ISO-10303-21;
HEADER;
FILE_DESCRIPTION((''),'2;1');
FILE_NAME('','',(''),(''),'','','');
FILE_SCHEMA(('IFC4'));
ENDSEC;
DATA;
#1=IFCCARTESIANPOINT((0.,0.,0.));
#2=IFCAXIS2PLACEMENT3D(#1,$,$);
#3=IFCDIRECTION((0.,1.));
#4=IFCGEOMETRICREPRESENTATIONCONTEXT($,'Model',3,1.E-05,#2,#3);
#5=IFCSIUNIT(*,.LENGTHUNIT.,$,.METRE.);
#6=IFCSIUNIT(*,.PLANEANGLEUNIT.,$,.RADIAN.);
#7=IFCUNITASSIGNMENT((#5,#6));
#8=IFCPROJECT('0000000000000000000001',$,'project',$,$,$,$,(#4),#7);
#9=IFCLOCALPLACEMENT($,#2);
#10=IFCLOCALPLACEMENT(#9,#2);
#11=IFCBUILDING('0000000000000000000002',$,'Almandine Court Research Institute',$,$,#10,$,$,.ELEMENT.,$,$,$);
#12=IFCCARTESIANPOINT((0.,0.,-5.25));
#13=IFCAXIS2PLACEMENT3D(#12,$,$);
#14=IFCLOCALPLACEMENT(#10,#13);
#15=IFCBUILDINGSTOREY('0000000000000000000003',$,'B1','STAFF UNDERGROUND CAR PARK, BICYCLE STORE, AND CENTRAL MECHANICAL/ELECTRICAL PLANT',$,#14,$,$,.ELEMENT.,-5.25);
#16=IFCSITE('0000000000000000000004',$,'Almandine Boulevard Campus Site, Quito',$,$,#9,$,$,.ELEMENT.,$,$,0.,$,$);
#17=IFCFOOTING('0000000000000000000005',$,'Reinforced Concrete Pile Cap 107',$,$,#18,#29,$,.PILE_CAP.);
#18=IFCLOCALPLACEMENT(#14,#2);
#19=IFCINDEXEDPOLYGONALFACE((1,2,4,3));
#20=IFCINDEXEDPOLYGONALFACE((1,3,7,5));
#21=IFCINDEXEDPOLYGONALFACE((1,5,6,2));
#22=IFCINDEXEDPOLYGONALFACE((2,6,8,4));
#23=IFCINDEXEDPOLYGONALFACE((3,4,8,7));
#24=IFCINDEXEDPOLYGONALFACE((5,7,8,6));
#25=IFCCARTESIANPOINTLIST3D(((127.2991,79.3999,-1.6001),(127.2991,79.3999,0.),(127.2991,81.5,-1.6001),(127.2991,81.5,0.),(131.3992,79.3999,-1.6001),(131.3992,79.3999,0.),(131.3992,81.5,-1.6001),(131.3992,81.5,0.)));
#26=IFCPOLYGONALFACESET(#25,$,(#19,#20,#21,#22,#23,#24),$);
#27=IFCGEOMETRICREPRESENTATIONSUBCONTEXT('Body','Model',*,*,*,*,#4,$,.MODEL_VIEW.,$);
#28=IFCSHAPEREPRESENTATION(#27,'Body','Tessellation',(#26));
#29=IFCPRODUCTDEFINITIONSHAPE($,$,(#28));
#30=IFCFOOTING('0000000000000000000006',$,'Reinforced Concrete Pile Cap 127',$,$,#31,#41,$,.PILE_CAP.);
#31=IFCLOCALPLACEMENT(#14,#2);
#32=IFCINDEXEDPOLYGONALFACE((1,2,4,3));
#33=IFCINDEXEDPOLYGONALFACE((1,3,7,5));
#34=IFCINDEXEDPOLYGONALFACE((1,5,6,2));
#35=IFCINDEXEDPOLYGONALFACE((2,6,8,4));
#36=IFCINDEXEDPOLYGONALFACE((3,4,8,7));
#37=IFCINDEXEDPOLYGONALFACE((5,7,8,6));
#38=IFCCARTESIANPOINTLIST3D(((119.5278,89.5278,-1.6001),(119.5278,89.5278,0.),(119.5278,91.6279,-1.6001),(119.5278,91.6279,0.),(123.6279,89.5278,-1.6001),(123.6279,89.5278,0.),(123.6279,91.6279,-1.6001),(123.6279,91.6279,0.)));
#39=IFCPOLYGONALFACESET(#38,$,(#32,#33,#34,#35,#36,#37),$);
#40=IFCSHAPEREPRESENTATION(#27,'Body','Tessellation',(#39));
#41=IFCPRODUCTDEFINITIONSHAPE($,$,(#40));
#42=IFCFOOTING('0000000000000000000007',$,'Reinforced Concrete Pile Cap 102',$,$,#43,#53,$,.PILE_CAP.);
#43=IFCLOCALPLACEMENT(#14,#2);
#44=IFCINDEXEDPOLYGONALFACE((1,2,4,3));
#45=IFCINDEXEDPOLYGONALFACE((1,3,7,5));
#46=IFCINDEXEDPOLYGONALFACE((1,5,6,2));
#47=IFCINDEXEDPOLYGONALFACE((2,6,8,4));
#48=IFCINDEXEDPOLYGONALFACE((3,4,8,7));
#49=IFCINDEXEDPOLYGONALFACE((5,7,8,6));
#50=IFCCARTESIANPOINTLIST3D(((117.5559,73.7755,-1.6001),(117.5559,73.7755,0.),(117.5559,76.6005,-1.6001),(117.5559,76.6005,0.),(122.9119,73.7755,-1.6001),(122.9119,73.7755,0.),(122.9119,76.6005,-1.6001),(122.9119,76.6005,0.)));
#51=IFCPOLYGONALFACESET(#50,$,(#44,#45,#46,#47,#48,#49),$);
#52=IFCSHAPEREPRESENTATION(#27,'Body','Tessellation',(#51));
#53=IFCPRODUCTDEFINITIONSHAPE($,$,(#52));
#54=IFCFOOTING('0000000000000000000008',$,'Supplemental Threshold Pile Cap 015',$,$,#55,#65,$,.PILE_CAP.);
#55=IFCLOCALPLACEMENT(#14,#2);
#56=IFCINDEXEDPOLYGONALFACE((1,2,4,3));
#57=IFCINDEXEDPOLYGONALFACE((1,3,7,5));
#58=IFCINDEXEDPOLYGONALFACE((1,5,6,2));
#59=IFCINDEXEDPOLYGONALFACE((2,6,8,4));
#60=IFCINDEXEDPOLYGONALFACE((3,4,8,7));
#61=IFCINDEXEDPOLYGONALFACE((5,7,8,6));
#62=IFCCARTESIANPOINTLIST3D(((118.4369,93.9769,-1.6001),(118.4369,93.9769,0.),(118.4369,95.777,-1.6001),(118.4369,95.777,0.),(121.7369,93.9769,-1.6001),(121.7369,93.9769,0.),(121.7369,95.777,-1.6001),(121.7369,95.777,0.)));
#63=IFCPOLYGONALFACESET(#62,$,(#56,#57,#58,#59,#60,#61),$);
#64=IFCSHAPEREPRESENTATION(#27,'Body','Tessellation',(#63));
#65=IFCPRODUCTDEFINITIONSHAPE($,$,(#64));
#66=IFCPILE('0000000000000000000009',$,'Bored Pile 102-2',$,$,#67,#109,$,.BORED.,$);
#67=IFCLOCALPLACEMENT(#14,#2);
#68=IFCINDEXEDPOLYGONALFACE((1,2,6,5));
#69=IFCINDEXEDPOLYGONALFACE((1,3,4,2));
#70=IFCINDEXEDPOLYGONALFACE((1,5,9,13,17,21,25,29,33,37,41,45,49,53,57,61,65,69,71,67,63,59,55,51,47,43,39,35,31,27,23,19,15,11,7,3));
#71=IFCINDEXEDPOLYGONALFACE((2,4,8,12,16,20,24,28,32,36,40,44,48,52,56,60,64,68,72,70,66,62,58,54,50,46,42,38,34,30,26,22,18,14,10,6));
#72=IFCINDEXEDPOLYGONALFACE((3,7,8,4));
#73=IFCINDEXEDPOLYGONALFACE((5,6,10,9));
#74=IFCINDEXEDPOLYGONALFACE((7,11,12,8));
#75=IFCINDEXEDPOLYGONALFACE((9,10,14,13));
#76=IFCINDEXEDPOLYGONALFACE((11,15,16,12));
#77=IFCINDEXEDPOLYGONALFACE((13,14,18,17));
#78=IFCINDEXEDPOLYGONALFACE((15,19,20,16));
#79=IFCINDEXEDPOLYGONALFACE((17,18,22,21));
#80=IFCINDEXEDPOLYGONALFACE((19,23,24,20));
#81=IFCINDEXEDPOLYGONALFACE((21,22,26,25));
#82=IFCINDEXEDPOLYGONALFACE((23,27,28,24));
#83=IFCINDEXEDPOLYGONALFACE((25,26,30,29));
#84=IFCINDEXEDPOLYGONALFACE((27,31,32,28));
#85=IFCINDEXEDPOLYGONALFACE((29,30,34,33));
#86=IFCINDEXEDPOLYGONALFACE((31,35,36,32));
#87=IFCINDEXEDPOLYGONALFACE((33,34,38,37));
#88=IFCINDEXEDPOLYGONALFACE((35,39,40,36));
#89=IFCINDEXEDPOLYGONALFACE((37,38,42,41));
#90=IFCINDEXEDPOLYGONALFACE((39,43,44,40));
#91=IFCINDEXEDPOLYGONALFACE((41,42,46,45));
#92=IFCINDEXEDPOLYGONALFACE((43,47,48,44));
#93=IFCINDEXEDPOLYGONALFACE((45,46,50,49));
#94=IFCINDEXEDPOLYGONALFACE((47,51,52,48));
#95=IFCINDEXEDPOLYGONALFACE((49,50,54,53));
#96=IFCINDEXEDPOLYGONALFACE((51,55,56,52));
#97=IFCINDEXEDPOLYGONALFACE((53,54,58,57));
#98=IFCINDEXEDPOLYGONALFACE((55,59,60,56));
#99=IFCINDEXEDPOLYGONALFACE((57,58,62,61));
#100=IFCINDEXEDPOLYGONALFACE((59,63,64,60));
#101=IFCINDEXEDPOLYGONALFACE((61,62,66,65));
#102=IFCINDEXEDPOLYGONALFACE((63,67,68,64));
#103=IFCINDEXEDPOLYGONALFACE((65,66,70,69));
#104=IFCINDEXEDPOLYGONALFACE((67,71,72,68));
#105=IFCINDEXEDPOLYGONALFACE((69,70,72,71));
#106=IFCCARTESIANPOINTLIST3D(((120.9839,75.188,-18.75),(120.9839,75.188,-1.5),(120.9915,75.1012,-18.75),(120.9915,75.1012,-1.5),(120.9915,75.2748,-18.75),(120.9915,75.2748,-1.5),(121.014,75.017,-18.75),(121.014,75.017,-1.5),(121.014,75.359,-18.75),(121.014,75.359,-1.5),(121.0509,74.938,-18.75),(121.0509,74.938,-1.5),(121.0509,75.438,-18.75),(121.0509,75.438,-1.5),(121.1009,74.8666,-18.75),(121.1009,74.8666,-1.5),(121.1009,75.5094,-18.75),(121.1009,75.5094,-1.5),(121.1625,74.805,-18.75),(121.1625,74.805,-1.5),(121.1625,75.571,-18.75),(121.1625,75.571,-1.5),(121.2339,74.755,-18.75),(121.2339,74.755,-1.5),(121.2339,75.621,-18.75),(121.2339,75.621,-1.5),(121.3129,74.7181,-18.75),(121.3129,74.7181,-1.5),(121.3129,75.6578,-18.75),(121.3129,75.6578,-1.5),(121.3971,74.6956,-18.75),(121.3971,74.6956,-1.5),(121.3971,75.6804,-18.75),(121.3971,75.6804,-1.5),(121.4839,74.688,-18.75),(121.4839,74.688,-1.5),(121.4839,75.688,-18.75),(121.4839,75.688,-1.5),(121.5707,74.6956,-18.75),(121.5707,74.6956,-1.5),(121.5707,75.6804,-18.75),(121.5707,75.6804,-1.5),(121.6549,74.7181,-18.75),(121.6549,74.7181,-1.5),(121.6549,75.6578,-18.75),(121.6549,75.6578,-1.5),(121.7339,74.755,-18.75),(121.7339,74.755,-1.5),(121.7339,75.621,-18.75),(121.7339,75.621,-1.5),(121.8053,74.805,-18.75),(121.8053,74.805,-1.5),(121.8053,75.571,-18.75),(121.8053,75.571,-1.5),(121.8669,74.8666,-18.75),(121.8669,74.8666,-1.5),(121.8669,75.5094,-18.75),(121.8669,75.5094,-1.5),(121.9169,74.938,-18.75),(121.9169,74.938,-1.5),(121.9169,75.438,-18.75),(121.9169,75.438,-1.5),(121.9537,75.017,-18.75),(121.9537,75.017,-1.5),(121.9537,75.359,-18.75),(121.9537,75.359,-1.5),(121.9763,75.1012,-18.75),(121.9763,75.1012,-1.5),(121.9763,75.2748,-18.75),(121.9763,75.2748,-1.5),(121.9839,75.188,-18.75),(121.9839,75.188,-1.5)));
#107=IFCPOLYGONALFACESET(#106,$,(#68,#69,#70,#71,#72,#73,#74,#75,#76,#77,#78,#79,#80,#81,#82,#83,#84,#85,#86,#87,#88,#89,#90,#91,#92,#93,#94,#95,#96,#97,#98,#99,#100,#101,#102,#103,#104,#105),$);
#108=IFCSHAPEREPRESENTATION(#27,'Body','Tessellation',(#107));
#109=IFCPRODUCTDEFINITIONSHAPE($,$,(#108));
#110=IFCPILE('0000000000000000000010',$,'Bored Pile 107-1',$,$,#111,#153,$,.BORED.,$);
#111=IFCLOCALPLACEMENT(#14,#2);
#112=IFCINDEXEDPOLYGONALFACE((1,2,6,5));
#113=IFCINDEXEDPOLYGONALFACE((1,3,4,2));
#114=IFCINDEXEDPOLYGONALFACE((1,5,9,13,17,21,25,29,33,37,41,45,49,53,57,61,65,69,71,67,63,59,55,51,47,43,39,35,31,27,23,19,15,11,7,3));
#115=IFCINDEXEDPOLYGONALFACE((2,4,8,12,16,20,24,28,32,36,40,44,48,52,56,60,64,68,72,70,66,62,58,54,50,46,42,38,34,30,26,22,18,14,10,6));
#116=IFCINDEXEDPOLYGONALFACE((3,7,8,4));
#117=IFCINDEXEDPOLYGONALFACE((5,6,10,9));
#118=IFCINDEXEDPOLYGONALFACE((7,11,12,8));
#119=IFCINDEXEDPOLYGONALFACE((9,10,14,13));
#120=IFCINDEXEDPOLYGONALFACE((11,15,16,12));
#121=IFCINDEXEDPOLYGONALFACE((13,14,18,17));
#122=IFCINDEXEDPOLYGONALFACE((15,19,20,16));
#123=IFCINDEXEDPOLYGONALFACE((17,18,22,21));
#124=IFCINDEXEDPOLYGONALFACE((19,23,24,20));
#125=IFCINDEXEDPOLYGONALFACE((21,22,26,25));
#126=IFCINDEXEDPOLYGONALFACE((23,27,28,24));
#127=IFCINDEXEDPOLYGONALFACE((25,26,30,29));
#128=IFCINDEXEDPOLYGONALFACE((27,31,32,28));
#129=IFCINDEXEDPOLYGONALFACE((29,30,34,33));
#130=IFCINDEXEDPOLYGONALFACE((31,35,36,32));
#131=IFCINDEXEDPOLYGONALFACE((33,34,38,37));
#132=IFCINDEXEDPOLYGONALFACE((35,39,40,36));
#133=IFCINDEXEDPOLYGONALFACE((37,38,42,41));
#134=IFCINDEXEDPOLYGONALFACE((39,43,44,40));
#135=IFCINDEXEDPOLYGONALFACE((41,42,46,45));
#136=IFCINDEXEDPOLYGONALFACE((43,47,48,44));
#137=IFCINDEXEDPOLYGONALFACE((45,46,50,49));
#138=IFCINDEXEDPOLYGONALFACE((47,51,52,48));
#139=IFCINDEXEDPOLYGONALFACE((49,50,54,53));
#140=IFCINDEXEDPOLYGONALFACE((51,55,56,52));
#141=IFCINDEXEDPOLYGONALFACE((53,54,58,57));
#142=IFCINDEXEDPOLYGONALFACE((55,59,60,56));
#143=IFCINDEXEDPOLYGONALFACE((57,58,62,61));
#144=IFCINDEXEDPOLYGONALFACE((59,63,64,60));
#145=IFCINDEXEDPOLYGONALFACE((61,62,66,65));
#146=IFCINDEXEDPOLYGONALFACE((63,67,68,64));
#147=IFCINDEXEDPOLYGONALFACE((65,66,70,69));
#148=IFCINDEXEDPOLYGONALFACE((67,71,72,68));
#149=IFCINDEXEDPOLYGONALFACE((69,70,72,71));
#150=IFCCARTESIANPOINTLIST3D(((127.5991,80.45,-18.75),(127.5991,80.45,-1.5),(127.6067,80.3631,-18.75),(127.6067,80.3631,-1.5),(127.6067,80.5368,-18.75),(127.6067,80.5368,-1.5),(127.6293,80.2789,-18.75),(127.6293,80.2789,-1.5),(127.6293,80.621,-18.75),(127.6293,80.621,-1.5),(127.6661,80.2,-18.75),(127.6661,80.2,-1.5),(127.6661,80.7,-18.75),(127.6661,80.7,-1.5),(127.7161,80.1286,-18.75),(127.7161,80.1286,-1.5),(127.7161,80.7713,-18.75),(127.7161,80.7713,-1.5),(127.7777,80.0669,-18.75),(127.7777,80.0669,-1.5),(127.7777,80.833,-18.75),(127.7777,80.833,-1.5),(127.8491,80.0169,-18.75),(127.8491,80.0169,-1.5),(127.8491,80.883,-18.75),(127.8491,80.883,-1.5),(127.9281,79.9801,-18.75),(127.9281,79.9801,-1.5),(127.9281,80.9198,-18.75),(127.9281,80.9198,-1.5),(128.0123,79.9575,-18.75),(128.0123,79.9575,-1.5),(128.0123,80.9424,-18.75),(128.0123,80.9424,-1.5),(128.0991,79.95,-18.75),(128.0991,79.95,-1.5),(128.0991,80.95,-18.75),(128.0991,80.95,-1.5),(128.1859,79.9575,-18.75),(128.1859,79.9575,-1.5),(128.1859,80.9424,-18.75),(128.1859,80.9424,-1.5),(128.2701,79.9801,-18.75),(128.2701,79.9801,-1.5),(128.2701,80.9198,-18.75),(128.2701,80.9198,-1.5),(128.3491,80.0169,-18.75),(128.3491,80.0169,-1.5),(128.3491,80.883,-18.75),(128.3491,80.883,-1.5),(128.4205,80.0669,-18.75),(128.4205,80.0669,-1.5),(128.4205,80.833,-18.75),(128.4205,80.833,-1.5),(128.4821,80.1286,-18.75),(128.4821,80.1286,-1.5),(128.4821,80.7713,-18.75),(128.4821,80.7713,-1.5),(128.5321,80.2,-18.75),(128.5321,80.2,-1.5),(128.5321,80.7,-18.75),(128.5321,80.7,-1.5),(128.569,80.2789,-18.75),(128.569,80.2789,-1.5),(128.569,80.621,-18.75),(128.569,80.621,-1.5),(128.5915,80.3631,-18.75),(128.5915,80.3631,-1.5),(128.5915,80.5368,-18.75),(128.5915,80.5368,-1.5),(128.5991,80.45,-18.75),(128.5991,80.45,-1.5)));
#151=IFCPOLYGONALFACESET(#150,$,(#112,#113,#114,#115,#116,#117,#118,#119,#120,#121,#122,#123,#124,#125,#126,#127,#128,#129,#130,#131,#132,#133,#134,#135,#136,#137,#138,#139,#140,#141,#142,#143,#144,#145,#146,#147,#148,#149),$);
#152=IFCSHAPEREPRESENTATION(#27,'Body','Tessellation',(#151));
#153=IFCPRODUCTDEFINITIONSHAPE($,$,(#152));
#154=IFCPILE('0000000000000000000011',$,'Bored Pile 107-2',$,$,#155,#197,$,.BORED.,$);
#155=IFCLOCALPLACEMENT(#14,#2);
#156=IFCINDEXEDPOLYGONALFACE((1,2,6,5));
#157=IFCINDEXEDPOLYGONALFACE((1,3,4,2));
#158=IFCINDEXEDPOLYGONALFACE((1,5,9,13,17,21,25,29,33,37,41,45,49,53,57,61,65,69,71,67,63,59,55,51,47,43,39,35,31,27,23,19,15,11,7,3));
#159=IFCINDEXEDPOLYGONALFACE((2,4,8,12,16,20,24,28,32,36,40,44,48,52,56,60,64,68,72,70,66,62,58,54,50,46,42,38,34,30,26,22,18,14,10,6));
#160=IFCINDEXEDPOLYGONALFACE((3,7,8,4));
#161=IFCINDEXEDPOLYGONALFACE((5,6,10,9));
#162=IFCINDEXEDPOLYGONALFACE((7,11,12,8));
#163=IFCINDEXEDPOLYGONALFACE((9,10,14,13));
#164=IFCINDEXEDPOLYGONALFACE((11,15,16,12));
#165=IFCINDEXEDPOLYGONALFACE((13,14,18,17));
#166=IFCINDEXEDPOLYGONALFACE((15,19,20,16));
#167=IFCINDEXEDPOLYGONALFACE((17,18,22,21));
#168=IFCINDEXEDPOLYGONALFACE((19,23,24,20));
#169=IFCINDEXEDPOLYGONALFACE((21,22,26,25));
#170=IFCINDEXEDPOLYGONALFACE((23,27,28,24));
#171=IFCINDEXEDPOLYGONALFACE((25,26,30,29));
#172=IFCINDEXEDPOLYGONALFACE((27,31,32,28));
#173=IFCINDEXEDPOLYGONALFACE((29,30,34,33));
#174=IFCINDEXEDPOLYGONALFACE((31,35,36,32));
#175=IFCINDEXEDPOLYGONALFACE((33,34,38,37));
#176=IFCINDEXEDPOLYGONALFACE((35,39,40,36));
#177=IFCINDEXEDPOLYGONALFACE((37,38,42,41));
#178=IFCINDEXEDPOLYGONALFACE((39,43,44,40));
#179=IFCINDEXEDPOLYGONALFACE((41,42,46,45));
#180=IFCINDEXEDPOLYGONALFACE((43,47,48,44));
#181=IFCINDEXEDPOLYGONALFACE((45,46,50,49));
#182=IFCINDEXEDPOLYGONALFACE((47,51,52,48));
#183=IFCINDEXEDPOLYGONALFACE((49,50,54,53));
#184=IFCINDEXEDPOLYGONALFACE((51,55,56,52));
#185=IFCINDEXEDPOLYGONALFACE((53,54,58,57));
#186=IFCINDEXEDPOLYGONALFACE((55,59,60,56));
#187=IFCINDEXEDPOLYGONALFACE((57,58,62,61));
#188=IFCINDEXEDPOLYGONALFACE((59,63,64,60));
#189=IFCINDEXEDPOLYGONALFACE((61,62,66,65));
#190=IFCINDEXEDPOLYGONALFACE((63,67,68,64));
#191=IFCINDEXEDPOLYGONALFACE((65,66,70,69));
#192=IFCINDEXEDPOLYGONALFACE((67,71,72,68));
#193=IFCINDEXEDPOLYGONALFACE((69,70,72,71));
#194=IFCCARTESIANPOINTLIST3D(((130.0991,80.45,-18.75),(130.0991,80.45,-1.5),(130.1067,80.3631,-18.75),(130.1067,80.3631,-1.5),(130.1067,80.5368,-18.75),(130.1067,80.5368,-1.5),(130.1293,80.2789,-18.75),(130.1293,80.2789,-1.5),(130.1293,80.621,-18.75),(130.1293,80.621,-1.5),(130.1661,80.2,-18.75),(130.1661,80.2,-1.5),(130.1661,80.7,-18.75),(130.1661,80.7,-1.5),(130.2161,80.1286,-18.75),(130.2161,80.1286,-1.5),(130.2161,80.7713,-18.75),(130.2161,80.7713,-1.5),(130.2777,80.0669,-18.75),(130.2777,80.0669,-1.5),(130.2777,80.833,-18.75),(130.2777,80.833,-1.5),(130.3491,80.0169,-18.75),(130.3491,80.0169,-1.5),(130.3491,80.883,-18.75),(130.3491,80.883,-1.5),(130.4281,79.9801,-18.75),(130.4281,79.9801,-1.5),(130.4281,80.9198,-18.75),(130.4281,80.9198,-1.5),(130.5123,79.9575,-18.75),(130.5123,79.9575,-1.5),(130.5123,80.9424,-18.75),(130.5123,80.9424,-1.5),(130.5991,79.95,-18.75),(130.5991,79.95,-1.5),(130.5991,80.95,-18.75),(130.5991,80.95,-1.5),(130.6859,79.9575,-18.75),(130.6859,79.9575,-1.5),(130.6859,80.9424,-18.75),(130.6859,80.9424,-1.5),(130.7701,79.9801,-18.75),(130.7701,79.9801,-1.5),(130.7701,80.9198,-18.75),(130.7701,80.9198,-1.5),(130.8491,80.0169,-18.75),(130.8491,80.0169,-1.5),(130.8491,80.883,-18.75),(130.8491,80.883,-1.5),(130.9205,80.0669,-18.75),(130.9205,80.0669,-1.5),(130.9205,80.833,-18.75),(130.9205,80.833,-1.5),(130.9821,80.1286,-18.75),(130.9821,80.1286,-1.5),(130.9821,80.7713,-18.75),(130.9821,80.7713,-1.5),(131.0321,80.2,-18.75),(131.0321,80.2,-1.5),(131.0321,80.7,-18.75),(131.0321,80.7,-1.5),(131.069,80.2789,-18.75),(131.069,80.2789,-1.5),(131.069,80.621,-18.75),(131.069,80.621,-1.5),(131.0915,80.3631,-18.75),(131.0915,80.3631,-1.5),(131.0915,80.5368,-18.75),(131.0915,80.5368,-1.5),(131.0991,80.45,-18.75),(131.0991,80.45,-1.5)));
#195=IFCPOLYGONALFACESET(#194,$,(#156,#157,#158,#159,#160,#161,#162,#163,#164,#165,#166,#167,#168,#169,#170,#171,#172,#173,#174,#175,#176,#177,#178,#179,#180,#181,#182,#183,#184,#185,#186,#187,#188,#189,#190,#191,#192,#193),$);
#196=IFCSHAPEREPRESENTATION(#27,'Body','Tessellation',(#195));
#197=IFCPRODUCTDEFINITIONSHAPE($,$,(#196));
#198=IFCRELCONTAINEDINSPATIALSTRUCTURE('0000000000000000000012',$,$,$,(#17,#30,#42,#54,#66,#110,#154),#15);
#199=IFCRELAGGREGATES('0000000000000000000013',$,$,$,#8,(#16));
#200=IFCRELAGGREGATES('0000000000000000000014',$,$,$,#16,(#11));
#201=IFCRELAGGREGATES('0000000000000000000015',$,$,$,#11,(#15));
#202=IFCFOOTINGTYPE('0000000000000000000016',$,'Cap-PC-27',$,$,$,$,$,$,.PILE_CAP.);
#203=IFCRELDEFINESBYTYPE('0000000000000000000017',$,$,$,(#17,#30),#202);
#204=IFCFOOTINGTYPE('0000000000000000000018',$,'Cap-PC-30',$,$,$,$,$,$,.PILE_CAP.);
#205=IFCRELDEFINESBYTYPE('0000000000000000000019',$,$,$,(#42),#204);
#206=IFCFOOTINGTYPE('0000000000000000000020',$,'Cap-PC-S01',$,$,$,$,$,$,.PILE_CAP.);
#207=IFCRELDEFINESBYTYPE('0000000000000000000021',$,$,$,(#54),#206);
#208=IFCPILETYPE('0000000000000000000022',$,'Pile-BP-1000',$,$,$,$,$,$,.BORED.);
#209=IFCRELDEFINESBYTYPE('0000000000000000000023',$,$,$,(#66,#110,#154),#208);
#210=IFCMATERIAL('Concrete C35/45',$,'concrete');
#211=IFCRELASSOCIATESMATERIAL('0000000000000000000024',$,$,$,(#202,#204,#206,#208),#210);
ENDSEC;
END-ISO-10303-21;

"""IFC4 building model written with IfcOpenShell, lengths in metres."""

from ifc_helpers import new_model, si_unit, direction, frame, origin, origin_2d, place, context, subcontext, project, spatial, rectangle, circle, extrude, material, material_profile, profile_set, type_object, element, save


model = new_model("IFC4")

# Units and contexts
model_context = context("Model", 3, precision=1e-05, world=origin(), true_north=direction((0.0, 1.0)))
body_context = subcontext(model_context, "Body", "Model", "MODEL_VIEW")
ifc_project = project(units=[si_unit("LENGTHUNIT", "METRE"), si_unit("PLANEANGLEUNIT", "RADIAN")], contexts=[model_context])

# Site, building, storey
site_placement = place(None, origin())
site = spatial("IfcSite", under=ifc_project, at=site_placement, Name="Almandine Boulevard Campus Site, Quito", CompositionType="ELEMENT", RefElevation=0.0)
building_placement = place(site_placement, origin())
building = spatial("IfcBuilding", under=site, at=building_placement, Name="Almandine Court Research Institute", CompositionType="ELEMENT")
storey_placement = place(building_placement, frame((0.0, 0.0, -5.25)))
storey = spatial("IfcBuildingStorey", under=building, at=storey_placement, Name="B1", Description="STAFF UNDERGROUND CAR PARK, BICYCLE STORE, AND CENTRAL MECHANICAL/ELECTRICAL PLANT", CompositionType="ELEMENT", Elevation=-5.25)

# Footings
ifc_material_1 = material(Name="Concrete C35/45", Category="concrete")
footing_type_1 = type_object("IfcFootingType", Name="Cap-PC-27", PredefinedType="PILE_CAP", material=ifc_material_1)
for number, where, z_axis, x_axis, name in (
    (1, (129.3491, 80.45, -1.6001), (0.0, 0.0, 1.0), (1.0, 0.0, 0.0), "Reinforced Concrete Pile Cap 107"),
    (2, (121.5779, 90.5779, -1.6001), (0.0, 0.0, 1.0), (1.0, 0.0, 0.0), "Reinforced Concrete Pile Cap 127"),
):
    element("IfcFooting", number, at=place(storey_placement, frame(where, z_axis=z_axis, x_axis=x_axis)), inside=storey, type_object=footing_type_1, Name=name, PredefinedType="PILE_CAP", context=body_context, shape_type="SweptSolid", body=[
        extrude(rectangle(XDim=4.1001, YDim=2.1001, at=origin_2d()), origin(), (0.0, 0.0, 1.0), 1.6001),
    ])
footing_type_2 = type_object("IfcFootingType", Name="Cap-PC-30", PredefinedType="PILE_CAP", material=ifc_material_1)
footing_1_placement = place(storey_placement, frame((120.2339, 75.188, -1.6001), z_axis=(0.0, 0.0, 1.0), x_axis=(1.0, 0.0, 0.0)))
element("IfcFooting", 3, at=footing_1_placement, inside=storey, type_object=footing_type_2, Name="Reinforced Concrete Pile Cap 102", PredefinedType="PILE_CAP", context=body_context, shape_type="SweptSolid", body=[
    extrude(rectangle(XDim=5.356, YDim=2.825, at=origin_2d()), origin(), (0.0, 0.0, 1.0), 1.6001),
])
footing_type_3 = type_object("IfcFootingType", Name="Cap-PC-S01", PredefinedType="PILE_CAP", material=ifc_material_1)
footing_2_placement = place(storey_placement, frame((120.0869, 94.877, -1.6001), z_axis=(0.0, 0.0, 1.0), x_axis=(1.0, 0.0, 0.0)))
element("IfcFooting", 4, at=footing_2_placement, inside=storey, type_object=footing_type_3, Name="Supplemental Threshold Pile Cap 015", PredefinedType="PILE_CAP", context=body_context, shape_type="SweptSolid", body=[
    extrude(rectangle(XDim=3.3, YDim=1.8, at=origin_2d()), origin(), (0.0, 0.0, 1.0), 1.6001),
])

# Piles
ifc_material_profile_1 = material_profile(ifc_material_1, circle(Radius=0.5, at=origin_2d()), Name="BORED PILE D1000")
ifc_profile_set_1 = profile_set([ifc_material_profile_1], Name="Concrete C35/45")
pile_type_1 = type_object("IfcPileType", Name="Pile-BP-1000", PredefinedType="BORED", material=ifc_profile_set_1)
for number, where, z_axis, x_axis, name in (
    (5, (121.4839, 75.188, -1.5), (0.0, 0.0, -1.0), (1.0, 0.0, 0.0), "Bored Pile 102-2"),
    (6, (128.0991, 80.45, -1.5), (0.0, 0.0, -1.0), (1.0, 0.0, 0.0), "Bored Pile 107-1"),
    (7, (130.5991, 80.45, -1.5), (0.0, 0.0, -1.0), (1.0, 0.0, 0.0), "Bored Pile 107-2"),
):
    element("IfcPile", number, at=place(storey_placement, frame(where, z_axis=z_axis, x_axis=x_axis)), inside=storey, type_object=pile_type_1, Name=name, PredefinedType="BORED", context=body_context, shape_type="SweptSolid", body=[
        extrude(circle(Radius=0.5, at=origin_2d()), origin(), (0.0, 0.0, 1.0), 17.25),
    ])

save(model, "model.ifc")
